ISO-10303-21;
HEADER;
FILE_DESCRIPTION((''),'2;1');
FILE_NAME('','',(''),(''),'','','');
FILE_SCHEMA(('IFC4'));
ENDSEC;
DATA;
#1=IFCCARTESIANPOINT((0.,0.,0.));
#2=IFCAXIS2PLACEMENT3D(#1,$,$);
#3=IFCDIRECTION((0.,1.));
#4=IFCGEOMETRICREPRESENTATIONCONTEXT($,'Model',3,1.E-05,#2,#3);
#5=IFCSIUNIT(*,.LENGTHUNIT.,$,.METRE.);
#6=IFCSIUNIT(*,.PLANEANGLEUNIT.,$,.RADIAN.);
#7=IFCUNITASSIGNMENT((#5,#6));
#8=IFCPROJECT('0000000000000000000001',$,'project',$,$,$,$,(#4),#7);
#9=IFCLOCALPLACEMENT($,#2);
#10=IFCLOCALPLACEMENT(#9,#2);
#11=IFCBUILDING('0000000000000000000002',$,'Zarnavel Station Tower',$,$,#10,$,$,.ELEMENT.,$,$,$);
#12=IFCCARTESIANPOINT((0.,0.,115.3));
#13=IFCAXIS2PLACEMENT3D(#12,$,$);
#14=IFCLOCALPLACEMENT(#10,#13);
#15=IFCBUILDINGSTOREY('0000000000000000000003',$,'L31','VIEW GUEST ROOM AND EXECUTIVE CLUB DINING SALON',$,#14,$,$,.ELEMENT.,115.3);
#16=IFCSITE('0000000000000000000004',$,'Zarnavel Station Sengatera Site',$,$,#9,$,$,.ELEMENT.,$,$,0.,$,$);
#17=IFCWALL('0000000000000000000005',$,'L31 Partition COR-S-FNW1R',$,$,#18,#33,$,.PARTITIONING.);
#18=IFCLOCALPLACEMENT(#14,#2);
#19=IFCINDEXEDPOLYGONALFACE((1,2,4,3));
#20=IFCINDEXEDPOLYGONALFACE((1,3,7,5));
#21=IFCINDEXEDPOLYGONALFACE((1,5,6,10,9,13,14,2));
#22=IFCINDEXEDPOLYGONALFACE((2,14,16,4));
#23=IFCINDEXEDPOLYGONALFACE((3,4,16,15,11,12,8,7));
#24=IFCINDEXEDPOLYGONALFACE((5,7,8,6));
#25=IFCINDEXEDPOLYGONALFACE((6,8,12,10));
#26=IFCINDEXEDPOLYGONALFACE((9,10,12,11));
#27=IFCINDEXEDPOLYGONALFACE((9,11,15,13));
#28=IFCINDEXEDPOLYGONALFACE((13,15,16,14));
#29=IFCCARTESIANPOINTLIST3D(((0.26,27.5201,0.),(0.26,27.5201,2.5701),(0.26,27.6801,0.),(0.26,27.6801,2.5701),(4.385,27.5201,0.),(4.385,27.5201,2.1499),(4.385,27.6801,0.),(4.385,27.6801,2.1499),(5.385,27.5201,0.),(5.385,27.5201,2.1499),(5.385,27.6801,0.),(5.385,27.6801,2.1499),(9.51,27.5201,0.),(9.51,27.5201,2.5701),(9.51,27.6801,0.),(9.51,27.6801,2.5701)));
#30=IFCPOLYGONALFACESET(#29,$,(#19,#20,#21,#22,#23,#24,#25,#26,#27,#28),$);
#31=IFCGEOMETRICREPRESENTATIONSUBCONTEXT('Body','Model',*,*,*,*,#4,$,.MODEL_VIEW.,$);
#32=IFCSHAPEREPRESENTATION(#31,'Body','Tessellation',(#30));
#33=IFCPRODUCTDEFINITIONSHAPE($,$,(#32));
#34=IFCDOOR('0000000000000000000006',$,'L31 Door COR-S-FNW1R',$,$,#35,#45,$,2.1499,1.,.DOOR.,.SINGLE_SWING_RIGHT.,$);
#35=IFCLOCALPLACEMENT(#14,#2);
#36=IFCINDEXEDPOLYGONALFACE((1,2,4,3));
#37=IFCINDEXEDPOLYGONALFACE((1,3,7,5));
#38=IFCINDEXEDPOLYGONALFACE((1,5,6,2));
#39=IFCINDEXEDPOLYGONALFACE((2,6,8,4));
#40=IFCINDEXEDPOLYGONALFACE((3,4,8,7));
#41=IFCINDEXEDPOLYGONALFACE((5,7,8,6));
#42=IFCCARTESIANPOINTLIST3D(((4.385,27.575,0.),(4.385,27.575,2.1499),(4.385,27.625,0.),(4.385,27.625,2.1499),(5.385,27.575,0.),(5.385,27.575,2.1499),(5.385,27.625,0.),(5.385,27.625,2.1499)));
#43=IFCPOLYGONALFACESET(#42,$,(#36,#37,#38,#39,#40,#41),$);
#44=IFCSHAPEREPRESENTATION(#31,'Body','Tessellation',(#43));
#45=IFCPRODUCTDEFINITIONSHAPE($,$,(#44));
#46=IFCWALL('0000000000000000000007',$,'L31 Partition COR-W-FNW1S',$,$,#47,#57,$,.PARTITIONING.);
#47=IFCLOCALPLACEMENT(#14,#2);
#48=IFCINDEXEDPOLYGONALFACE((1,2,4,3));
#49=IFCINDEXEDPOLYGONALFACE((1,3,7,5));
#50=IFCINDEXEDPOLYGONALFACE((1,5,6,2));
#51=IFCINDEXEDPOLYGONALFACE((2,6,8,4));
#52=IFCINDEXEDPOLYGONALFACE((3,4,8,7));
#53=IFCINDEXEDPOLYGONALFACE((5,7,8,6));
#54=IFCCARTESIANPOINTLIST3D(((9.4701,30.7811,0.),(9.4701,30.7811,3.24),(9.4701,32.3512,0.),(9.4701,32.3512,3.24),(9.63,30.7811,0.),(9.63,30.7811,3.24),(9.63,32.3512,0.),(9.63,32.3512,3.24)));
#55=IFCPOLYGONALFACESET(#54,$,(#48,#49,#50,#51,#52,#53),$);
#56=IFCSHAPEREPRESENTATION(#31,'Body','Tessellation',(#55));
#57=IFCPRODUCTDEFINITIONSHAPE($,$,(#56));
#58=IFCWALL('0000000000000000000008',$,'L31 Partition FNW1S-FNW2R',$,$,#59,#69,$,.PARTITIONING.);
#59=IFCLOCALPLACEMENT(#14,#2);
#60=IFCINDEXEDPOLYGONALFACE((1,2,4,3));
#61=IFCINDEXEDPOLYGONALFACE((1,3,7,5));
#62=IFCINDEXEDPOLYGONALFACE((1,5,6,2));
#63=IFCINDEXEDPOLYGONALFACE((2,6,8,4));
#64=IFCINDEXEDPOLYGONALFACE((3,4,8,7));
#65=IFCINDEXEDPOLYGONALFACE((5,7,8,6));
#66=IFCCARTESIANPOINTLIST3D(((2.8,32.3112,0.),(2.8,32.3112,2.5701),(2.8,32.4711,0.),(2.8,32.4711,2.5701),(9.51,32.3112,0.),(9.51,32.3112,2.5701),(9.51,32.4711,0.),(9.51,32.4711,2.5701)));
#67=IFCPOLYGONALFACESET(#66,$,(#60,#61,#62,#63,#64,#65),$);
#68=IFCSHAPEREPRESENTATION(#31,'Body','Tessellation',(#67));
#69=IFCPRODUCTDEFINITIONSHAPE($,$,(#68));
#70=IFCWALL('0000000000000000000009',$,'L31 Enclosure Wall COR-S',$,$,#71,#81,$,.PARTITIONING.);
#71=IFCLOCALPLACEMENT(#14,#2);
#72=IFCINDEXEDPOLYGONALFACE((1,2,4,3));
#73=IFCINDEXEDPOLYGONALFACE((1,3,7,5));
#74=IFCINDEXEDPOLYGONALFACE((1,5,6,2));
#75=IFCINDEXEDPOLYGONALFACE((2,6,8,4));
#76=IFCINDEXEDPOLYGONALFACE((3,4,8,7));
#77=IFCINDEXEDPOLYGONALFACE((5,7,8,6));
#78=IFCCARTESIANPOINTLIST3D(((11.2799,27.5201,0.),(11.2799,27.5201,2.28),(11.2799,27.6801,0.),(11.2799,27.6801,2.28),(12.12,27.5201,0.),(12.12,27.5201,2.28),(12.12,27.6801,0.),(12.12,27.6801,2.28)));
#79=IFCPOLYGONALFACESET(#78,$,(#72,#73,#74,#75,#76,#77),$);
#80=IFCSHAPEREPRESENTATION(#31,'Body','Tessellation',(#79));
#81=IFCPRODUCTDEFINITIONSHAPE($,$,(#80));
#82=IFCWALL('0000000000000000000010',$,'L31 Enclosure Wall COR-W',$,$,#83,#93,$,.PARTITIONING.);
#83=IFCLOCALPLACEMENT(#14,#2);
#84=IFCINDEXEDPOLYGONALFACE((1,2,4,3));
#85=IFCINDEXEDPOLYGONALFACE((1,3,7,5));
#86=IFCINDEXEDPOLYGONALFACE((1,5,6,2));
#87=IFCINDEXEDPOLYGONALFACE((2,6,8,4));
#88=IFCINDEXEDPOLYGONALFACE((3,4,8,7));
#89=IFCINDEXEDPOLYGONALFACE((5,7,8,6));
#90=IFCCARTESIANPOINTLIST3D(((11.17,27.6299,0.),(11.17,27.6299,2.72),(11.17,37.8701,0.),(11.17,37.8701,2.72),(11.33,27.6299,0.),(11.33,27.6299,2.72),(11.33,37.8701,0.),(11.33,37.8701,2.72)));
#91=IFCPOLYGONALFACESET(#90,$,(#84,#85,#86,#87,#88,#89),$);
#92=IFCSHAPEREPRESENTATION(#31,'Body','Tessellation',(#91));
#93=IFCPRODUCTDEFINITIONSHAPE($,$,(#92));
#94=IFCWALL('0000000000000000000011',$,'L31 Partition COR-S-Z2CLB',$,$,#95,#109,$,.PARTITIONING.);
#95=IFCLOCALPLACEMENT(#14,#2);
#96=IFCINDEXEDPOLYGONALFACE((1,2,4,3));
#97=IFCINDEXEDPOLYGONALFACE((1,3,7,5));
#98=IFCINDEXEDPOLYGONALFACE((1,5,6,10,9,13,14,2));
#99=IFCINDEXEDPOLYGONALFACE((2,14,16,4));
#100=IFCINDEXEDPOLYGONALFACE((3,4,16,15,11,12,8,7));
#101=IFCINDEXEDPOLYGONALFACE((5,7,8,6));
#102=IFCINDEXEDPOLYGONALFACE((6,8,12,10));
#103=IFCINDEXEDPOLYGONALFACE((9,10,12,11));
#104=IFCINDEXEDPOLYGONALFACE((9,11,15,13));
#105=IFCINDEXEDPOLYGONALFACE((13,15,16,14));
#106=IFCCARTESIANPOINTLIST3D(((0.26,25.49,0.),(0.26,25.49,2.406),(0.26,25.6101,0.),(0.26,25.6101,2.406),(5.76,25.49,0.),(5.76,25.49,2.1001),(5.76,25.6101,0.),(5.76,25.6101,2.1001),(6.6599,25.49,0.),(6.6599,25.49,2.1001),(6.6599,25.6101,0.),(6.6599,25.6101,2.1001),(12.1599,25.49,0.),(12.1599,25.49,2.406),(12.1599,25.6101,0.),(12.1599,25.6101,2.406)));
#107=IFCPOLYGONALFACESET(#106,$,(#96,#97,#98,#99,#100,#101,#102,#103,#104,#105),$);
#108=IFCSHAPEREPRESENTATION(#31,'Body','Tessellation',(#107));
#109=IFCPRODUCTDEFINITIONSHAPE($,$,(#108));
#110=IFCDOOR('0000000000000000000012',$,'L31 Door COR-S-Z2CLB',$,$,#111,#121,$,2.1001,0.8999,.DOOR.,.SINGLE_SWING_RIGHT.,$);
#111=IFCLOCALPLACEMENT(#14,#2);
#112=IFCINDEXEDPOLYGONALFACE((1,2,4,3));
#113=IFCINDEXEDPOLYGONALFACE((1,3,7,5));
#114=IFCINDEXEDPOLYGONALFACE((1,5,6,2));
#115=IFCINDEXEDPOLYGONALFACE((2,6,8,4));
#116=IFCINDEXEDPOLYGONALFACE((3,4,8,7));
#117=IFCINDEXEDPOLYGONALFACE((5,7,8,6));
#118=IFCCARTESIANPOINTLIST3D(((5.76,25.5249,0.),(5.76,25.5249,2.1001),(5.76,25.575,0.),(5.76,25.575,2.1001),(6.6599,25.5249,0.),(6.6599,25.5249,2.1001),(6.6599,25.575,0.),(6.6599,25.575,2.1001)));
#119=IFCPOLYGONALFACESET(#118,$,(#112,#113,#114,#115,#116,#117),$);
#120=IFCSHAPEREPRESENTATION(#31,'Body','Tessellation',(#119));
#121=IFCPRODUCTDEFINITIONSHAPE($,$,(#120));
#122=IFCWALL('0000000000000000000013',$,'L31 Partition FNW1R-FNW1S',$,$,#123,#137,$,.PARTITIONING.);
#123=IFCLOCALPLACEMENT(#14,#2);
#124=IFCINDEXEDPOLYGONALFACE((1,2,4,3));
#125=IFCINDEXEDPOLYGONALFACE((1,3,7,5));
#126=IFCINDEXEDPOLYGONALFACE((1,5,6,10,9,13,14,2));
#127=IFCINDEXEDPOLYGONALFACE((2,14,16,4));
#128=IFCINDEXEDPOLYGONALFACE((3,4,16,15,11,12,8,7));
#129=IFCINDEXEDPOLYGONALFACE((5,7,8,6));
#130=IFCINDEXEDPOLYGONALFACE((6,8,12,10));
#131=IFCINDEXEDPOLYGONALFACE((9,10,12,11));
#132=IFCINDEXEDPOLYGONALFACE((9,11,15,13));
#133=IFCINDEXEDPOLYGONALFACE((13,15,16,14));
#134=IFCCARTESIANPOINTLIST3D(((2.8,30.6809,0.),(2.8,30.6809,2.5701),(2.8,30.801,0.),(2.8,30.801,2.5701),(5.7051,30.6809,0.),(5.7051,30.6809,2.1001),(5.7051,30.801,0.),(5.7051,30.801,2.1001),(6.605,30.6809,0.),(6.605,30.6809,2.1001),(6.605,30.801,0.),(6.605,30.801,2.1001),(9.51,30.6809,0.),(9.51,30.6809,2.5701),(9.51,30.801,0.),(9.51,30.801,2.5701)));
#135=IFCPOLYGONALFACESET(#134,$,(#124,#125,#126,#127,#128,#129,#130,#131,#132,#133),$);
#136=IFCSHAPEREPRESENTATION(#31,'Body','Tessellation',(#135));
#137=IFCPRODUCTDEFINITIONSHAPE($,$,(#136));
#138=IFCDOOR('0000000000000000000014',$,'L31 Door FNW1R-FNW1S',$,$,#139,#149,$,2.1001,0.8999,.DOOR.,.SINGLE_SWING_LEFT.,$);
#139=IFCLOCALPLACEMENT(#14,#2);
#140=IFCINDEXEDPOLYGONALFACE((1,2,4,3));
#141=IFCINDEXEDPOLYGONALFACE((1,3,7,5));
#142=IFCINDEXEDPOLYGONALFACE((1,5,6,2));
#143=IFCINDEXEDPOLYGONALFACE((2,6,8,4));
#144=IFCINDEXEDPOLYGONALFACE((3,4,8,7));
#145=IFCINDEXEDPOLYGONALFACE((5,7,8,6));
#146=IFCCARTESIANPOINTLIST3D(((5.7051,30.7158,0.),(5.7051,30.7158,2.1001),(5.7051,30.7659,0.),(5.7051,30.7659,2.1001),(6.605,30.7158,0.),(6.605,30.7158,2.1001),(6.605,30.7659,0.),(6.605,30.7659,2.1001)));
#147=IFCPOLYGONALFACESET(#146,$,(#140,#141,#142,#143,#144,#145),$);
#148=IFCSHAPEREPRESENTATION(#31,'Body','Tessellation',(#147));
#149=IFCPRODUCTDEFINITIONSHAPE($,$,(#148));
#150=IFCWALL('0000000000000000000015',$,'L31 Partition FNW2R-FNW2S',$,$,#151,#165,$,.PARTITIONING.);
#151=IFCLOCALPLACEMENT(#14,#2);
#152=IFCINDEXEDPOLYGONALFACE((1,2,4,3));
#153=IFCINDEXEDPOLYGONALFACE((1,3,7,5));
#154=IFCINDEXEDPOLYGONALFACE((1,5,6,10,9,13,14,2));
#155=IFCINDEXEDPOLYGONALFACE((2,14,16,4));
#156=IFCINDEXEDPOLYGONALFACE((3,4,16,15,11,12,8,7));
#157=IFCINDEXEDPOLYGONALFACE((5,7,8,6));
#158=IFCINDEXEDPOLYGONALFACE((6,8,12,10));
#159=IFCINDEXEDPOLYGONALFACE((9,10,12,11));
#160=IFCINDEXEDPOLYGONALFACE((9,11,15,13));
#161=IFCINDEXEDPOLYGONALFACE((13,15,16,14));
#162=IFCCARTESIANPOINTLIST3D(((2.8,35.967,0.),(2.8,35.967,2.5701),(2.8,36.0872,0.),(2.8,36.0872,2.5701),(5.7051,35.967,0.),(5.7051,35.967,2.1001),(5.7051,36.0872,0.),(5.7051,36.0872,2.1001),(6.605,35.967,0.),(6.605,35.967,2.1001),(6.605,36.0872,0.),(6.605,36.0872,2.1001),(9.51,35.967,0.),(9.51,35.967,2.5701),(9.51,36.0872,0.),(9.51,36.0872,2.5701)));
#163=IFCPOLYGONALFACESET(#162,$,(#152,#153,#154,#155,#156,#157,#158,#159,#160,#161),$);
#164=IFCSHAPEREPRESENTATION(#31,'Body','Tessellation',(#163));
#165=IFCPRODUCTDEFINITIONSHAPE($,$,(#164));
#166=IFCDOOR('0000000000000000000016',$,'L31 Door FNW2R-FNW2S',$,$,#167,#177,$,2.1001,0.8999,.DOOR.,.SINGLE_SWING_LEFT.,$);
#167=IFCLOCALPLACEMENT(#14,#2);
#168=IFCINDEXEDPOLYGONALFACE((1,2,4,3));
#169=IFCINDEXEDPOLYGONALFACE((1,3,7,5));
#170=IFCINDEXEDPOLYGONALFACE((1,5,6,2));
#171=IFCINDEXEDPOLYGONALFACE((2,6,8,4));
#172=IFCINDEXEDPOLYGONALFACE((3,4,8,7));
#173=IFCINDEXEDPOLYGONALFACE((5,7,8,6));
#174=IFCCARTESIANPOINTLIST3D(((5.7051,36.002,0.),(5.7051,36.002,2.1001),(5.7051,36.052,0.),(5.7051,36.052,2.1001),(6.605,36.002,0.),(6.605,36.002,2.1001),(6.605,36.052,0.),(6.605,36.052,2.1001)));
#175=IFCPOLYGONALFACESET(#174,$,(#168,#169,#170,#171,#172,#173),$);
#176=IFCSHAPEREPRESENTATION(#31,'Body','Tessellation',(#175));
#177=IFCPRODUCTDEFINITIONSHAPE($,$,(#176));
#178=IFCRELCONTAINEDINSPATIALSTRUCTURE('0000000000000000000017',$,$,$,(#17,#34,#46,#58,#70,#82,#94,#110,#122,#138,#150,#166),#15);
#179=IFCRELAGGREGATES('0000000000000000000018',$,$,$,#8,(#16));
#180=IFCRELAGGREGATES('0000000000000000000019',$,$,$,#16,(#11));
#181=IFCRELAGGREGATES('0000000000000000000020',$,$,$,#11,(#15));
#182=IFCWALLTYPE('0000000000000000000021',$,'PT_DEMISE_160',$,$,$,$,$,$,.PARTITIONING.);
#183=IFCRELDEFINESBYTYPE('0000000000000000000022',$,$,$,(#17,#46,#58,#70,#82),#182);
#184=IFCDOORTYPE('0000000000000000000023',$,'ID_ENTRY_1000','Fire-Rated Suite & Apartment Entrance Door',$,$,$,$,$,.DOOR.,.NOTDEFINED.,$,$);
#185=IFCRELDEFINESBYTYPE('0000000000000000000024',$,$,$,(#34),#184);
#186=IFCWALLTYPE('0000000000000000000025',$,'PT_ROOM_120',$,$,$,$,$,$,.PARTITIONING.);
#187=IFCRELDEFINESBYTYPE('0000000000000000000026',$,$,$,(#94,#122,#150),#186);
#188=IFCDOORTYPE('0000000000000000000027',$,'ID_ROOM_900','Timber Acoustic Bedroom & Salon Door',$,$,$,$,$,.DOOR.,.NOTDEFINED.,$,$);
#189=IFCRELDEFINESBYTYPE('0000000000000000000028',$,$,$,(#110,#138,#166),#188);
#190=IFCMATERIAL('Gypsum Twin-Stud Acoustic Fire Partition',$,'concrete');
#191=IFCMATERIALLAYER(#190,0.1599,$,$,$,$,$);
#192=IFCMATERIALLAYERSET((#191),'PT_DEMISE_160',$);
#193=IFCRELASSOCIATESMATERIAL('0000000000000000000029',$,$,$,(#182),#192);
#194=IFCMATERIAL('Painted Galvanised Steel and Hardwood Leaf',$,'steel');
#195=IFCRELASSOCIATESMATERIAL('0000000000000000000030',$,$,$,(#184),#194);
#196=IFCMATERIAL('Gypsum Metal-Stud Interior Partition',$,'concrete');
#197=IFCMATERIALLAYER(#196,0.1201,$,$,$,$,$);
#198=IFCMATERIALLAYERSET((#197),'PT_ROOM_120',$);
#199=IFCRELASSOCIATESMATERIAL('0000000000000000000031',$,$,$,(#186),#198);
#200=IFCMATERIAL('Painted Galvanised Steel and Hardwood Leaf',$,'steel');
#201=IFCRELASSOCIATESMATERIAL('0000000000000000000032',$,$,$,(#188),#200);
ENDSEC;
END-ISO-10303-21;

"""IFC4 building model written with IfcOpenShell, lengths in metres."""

from ifc_helpers import new_model, si_unit, direction, frame, frame_2d, origin, place, context, subcontext, project, spatial, rectangle, extrude, material, layer, layer_set, type_object, element, fill, save


model = new_model("IFC4")

# Units and contexts
model_context = context("Model", 3, precision=1e-05, world=origin(), true_north=direction((0.0, 1.0)))
body_context = subcontext(model_context, "Body", "Model", "MODEL_VIEW")
ifc_project = project(units=[si_unit("LENGTHUNIT", "METRE"), si_unit("PLANEANGLEUNIT", "RADIAN")], contexts=[model_context])

# Site, building, storey
site_placement = place(None, origin())
site = spatial("IfcSite", under=ifc_project, at=site_placement, Name="Zarnavel Station Sengatera Site", CompositionType="ELEMENT", RefElevation=0.0)
building_placement = place(site_placement, origin())
building = spatial("IfcBuilding", under=site, at=building_placement, Name="Zarnavel Station Tower", CompositionType="ELEMENT")
storey_placement = place(building_placement, frame((0.0, 0.0, 115.3)))
storey = spatial("IfcBuildingStorey", under=building, at=storey_placement, Name="L31", Description="VIEW GUEST ROOM AND EXECUTIVE CLUB DINING SALON", CompositionType="ELEMENT", Elevation=115.3)

# Wall, opening, door
ifc_material_1 = material(Name="Gypsum Twin-Stud Acoustic Fire Partition", Category="concrete")
ifc_layer_1 = layer(ifc_material_1, 0.1599)
ifc_layer_set_1 = layer_set([ifc_layer_1], Name="PT_DEMISE_160")
wall_type_1 = type_object("IfcWallType", Name="PT_DEMISE_160", PredefinedType="PARTITIONING", material=ifc_layer_set_1)
wall_1_placement = place(storey_placement, frame((0.26, 27.6001, 0.0), z_axis=(0.0, 0.0, 1.0), x_axis=(1.0, 0.0, 0.0)))
wall_1 = element("IfcWall", 1, at=wall_1_placement, inside=storey, type_object=wall_type_1, Name="L31 Partition COR-S-FNW1R", PredefinedType="PARTITIONING", context=body_context, shape_type="SweptSolid", body=[
    extrude(rectangle(XDim=9.25, YDim=0.1599, at=frame_2d((4.625, 0.0))), origin(), (0.0, 0.0, 1.0), 2.5701),
])
opening_1_placement = place(wall_1_placement, frame((4.125, 0.0, 0.0)))
opening_1 = element("IfcOpeningElement", 2, at=opening_1_placement, cuts=wall_1, PredefinedType="OPENING", context=body_context, shape_type="SweptSolid", body=[
    extrude(rectangle(XDim=1.0, YDim=2.1499, at=frame_2d((0.5, 1.075))), frame((0.0, 0.0898, 0.0), z_axis=(0.0, -1.0, 0.0), x_axis=(1.0, 0.0, 0.0)), (0.0, 0.0, 1.0), 0.1799),
])
ifc_material_2 = material(Name="Painted Galvanised Steel and Hardwood Leaf", Category="steel")
door_type_1 = type_object("IfcDoorType", Name="ID_ENTRY_1000", Description="Fire-Rated Suite & Apartment Entrance Door", OperationType="NOTDEFINED", PredefinedType="DOOR", material=ifc_material_2)
door_1_placement = place(opening_1_placement, origin())
door_1 = element("IfcDoor", 3, at=door_1_placement, inside=storey, type_object=door_type_1, Name="L31 Door COR-S-FNW1R", OperationType="SINGLE_SWING_RIGHT", OverallHeight=2.1499, OverallWidth=1.0, PredefinedType="DOOR", context=body_context, shape_type="SweptSolid", body=[
    extrude(rectangle(XDim=1.0, YDim=2.1499, at=frame_2d((0.5, 1.075))), frame((0.0, 0.0249, 0.0), z_axis=(0.0, -1.0, 0.0), x_axis=(1.0, 0.0, 0.0)), (0.0, 0.0, 1.0), 0.05),
])
fill(opening_1, door_1)

# Wall
wall_2_placement = place(storey_placement, frame((9.55, 30.781, 0.0), z_axis=(0.0, 0.0, 1.0), x_axis=(0.0, 1.0, 0.0)))
element("IfcWall", 4, at=wall_2_placement, inside=storey, type_object=wall_type_1, Name="L31 Partition COR-W-FNW1S", PredefinedType="PARTITIONING", context=body_context, shape_type="SweptSolid", body=[
    extrude(rectangle(XDim=1.5701, YDim=0.1599, at=frame_2d((0.7852, 0.0))), origin(), (0.0, 0.0, 1.0), 3.24),
])

# Walls
wall_3_placement = place(storey_placement, frame((2.8, 32.3911, 0.0), z_axis=(0.0, 0.0, 1.0), x_axis=(1.0, 0.0, 0.0)))
element("IfcWall", 5, at=wall_3_placement, inside=storey, type_object=wall_type_1, Name="L31 Partition FNW1S-FNW2R", PredefinedType="PARTITIONING", context=body_context, shape_type="SweptSolid", body=[
    extrude(rectangle(XDim=6.71, YDim=0.1599, at=frame_2d((3.355, 0.0))), origin(), (0.0, 0.0, 1.0), 2.5701),
])
wall_4_placement = place(storey_placement, frame((11.28, 27.6001, 0.0), z_axis=(0.0, 0.0, 1.0), x_axis=(1.0, 0.0, 0.0)))
element("IfcWall", 6, at=wall_4_placement, inside=storey, type_object=wall_type_1, Name="L31 Enclosure Wall COR-S", PredefinedType="PARTITIONING", context=body_context, shape_type="SweptSolid", body=[
    extrude(rectangle(XDim=0.8401, YDim=0.1599, at=frame_2d((0.4199, 0.0))), origin(), (0.0, 0.0, 1.0), 2.28),
])
wall_5_placement = place(storey_placement, frame((11.25, 27.6299, 0.0), z_axis=(0.0, 0.0, 1.0), x_axis=(0.0, 1.0, 0.0)))
element("IfcWall", 7, at=wall_5_placement, inside=storey, type_object=wall_type_1, Name="L31 Enclosure Wall COR-W", PredefinedType="PARTITIONING", context=body_context, shape_type="SweptSolid", body=[
    extrude(rectangle(XDim=10.2402, YDim=0.1599, at=frame_2d((5.1201, 0.0))), origin(), (0.0, 0.0, 1.0), 2.72),
])

# Walls, openings, doors
ifc_material_3 = material(Name="Gypsum Metal-Stud Interior Partition", Category="concrete")
ifc_layer_2 = layer(ifc_material_3, 0.1201)
ifc_layer_set_2 = layer_set([ifc_layer_2], Name="PT_ROOM_120")
wall_type_2 = type_object("IfcWallType", Name="PT_ROOM_120", PredefinedType="PARTITIONING", material=ifc_layer_set_2)
wall_6_placement = place(storey_placement, frame((0.26, 25.55, 0.0), z_axis=(0.0, 0.0, 1.0), x_axis=(1.0, 0.0, 0.0)))
wall_6 = element("IfcWall", 8, at=wall_6_placement, inside=storey, type_object=wall_type_2, Name="L31 Partition COR-S-Z2CLB", PredefinedType="PARTITIONING", context=body_context, shape_type="SweptSolid", body=[
    extrude(rectangle(XDim=11.8999, YDim=0.1201, at=frame_2d((5.95, 0.0))), origin(), (0.0, 0.0, 1.0), 2.406),
])
opening_2_placement = place(wall_6_placement, frame((5.5, 0.0, 0.0)))
opening_2 = element("IfcOpeningElement", 9, at=opening_2_placement, cuts=wall_6, PredefinedType="OPENING", context=body_context, shape_type="SweptSolid", body=[
    extrude(rectangle(XDim=0.8999, YDim=2.1001, at=frame_2d((0.45, 1.05))), frame((0.0, 0.0701, 0.0), z_axis=(0.0, -1.0, 0.0), x_axis=(1.0, 0.0, 0.0)), (0.0, 0.0, 1.0), 0.1401),
])
ifc_material_4 = material(Name="Painted Galvanised Steel and Hardwood Leaf", Category="steel")
door_type_2 = type_object("IfcDoorType", Name="ID_ROOM_900", Description="Timber Acoustic Bedroom & Salon Door", OperationType="NOTDEFINED", PredefinedType="DOOR", material=ifc_material_4)
door_2_placement = place(opening_2_placement, origin())
door_2 = element("IfcDoor", 10, at=door_2_placement, inside=storey, type_object=door_type_2, Name="L31 Door COR-S-Z2CLB", OperationType="SINGLE_SWING_RIGHT", OverallHeight=2.1001, OverallWidth=0.8999, PredefinedType="DOOR", context=body_context, shape_type="SweptSolid", body=[
    extrude(rectangle(XDim=0.8999, YDim=2.1001, at=frame_2d((0.45, 1.05))), frame((0.0, 0.0249, 0.0), z_axis=(0.0, -1.0, 0.0), x_axis=(1.0, 0.0, 0.0)), (0.0, 0.0, 1.0), 0.05),
])
fill(opening_2, door_2)
wall_7_placement = place(storey_placement, frame((2.8, 30.741, 0.0), z_axis=(0.0, 0.0, 1.0), x_axis=(1.0, 0.0, 0.0)))
wall_7 = element("IfcWall", 11, at=wall_7_placement, inside=storey, type_object=wall_type_2, Name="L31 Partition FNW1R-FNW1S", PredefinedType="PARTITIONING", context=body_context, shape_type="SweptSolid", body=[
    extrude(rectangle(XDim=6.71, YDim=0.1201, at=frame_2d((3.355, 0.0))), origin(), (0.0, 0.0, 1.0), 2.5701),
])
opening_3_placement = place(wall_7_placement, frame((2.905, 0.0, 0.0)))
opening_3 = element("IfcOpeningElement", 12, at=opening_3_placement, cuts=wall_7, PredefinedType="OPENING", context=body_context, shape_type="SweptSolid", body=[
    extrude(rectangle(XDim=0.8999, YDim=2.1001, at=frame_2d((0.45, 1.05))), frame((0.0, 0.0701, 0.0), z_axis=(0.0, -1.0, 0.0), x_axis=(1.0, 0.0, 0.0)), (0.0, 0.0, 1.0), 0.1401),
])
door_3_placement = place(opening_3_placement, origin())
door_3 = element("IfcDoor", 13, at=door_3_placement, inside=storey, type_object=door_type_2, Name="L31 Door FNW1R-FNW1S", OperationType="SINGLE_SWING_LEFT", OverallHeight=2.1001, OverallWidth=0.8999, PredefinedType="DOOR", context=body_context, shape_type="SweptSolid", body=[
    extrude(rectangle(XDim=0.8999, YDim=2.1001, at=frame_2d((0.45, 1.05))), frame((0.0, 0.0249, 0.0), z_axis=(0.0, -1.0, 0.0), x_axis=(1.0, 0.0, 0.0)), (0.0, 0.0, 1.0), 0.05),
])
fill(opening_3, door_3)
wall_8_placement = place(storey_placement, frame((2.8, 36.0271, 0.0), z_axis=(0.0, 0.0, 1.0), x_axis=(1.0, 0.0, 0.0)))
wall_8 = element("IfcWall", 14, at=wall_8_placement, inside=storey, type_object=wall_type_2, Name="L31 Partition FNW2R-FNW2S", PredefinedType="PARTITIONING", context=body_context, shape_type="SweptSolid", body=[
    extrude(rectangle(XDim=6.71, YDim=0.1201, at=frame_2d((3.355, 0.0))), origin(), (0.0, 0.0, 1.0), 2.5701),
])
opening_4_placement = place(wall_8_placement, frame((2.905, 0.0, 0.0)))
opening_4 = element("IfcOpeningElement", 15, at=opening_4_placement, cuts=wall_8, PredefinedType="OPENING", context=body_context, shape_type="SweptSolid", body=[
    extrude(rectangle(XDim=0.8999, YDim=2.1001, at=frame_2d((0.45, 1.05))), frame((0.0, 0.0701, 0.0), z_axis=(0.0, -1.0, 0.0), x_axis=(1.0, 0.0, 0.0)), (0.0, 0.0, 1.0), 0.1401),
])
door_4_placement = place(opening_4_placement, origin())
door_4 = element("IfcDoor", 16, at=door_4_placement, inside=storey, type_object=door_type_2, Name="L31 Door FNW2R-FNW2S", OperationType="SINGLE_SWING_LEFT", OverallHeight=2.1001, OverallWidth=0.8999, PredefinedType="DOOR", context=body_context, shape_type="SweptSolid", body=[
    extrude(rectangle(XDim=0.8999, YDim=2.1001, at=frame_2d((0.45, 1.05))), frame((0.0, 0.0249, 0.0), z_axis=(0.0, -1.0, 0.0), x_axis=(1.0, 0.0, 0.0)), (0.0, 0.0, 1.0), 0.05),
])
fill(opening_4, door_4)

save(model, "model.ifc")
